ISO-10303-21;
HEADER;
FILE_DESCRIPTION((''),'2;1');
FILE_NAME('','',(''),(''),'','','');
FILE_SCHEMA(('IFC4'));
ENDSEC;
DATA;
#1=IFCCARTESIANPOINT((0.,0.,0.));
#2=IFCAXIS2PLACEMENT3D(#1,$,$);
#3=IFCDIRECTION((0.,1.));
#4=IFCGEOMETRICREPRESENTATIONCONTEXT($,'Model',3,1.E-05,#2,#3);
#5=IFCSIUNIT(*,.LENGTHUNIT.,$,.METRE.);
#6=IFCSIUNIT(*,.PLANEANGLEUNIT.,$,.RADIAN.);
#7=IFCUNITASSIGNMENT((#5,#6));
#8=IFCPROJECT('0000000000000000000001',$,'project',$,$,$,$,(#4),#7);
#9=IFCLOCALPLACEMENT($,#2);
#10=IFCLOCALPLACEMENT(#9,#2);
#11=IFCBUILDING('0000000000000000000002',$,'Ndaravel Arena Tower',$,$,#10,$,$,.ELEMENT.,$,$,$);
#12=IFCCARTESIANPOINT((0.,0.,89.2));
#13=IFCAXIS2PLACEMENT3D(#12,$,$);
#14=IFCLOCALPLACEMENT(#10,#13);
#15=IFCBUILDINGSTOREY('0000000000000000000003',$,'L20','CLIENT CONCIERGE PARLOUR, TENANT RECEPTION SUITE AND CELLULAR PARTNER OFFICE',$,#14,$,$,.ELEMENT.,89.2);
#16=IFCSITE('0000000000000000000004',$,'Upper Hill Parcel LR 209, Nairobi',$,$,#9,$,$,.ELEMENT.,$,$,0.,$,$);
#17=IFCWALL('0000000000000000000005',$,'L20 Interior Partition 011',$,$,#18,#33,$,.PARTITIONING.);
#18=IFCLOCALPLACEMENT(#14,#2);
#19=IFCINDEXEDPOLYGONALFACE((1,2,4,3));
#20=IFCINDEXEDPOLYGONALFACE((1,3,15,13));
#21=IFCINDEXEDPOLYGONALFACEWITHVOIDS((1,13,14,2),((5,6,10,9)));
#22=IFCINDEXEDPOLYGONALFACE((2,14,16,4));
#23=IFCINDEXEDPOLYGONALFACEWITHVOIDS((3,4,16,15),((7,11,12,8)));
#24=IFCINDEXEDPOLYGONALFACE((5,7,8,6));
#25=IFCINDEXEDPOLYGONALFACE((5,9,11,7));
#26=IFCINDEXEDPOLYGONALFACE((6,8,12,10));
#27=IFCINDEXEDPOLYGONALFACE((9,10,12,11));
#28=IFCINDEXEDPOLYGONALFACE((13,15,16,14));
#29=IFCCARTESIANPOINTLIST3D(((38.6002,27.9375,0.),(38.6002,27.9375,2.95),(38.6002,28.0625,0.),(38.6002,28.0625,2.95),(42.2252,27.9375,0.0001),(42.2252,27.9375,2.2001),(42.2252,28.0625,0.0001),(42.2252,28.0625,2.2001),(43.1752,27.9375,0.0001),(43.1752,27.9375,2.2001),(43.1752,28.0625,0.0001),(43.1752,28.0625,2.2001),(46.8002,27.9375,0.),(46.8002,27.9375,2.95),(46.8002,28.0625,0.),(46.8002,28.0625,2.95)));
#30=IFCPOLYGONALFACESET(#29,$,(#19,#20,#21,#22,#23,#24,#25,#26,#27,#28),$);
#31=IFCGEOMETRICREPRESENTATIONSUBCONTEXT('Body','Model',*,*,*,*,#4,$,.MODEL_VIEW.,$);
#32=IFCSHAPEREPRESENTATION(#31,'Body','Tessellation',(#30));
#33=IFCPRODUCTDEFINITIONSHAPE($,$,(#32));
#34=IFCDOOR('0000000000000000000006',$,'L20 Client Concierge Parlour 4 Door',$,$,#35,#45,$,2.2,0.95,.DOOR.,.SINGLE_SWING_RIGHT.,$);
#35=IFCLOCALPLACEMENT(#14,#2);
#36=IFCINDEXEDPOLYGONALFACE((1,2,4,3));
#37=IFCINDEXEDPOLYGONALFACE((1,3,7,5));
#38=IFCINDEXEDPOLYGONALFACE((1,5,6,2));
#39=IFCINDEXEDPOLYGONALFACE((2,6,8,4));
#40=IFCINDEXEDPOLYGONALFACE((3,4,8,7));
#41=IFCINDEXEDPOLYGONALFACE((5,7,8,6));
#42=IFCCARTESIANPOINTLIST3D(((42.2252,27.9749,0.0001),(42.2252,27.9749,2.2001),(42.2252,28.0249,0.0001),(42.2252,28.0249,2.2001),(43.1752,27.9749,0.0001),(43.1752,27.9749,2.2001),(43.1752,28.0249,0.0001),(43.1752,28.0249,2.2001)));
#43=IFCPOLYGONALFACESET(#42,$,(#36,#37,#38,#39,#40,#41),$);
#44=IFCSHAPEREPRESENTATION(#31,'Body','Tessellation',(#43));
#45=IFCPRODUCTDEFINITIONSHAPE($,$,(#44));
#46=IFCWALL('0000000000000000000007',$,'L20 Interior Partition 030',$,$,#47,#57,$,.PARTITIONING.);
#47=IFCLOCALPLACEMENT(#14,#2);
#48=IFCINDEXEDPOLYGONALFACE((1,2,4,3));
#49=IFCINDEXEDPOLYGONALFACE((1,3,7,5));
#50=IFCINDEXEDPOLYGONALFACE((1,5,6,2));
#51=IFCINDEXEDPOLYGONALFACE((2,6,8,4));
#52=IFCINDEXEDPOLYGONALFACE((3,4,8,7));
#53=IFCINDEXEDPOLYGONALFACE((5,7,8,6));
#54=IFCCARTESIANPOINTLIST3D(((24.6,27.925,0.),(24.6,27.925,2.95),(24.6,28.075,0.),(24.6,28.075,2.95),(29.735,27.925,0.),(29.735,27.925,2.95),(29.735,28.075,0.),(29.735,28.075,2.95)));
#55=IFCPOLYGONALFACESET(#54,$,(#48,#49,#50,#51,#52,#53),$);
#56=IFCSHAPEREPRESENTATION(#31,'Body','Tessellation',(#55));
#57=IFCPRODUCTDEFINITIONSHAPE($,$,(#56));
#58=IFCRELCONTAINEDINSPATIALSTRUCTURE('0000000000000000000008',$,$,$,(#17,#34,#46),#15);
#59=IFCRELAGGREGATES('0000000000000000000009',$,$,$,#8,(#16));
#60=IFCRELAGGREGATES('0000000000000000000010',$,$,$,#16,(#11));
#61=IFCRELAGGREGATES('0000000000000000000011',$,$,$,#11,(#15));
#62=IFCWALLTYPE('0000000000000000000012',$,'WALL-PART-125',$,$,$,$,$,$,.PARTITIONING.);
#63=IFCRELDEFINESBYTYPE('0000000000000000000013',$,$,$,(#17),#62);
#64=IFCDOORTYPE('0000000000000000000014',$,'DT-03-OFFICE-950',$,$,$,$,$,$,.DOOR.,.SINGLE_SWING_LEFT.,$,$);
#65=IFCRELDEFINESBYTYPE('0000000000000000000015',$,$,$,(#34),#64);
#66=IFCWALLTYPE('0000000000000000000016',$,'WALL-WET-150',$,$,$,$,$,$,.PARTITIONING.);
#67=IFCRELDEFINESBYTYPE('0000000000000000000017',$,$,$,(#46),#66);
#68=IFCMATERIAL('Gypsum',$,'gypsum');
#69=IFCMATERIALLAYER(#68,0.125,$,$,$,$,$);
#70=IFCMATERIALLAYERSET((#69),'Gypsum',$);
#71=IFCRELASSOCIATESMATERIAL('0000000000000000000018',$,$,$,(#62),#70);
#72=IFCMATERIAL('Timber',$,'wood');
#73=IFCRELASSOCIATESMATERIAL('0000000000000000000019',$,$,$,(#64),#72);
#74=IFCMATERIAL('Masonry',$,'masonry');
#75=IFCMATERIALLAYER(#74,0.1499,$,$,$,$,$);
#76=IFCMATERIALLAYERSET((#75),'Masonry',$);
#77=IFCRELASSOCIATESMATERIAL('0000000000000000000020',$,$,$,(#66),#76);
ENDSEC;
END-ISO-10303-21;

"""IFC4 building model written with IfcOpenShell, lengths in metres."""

from ifc_helpers import new_model, si_unit, direction, frame, frame_2d, origin, place, context, subcontext, project, spatial, rectangle, extrude, material, layer, layer_set, type_object, element, fill, save


model = new_model("IFC4")

# Units and contexts
model_context = context("Model", 3, precision=1e-05, world=origin(), true_north=direction((0.0, 1.0)))
body_context = subcontext(model_context, "Body", "Model", "MODEL_VIEW")
ifc_project = project(units=[si_unit("LENGTHUNIT", "METRE"), si_unit("PLANEANGLEUNIT", "RADIAN")], contexts=[model_context])

# Site, building, storey
site_placement = place(None, origin())
site = spatial("IfcSite", under=ifc_project, at=site_placement, Name="Upper Hill Parcel LR 209, Nairobi", CompositionType="ELEMENT", RefElevation=0.0)
building_placement = place(site_placement, origin())
building = spatial("IfcBuilding", under=site, at=building_placement, Name="Ndaravel Arena Tower", CompositionType="ELEMENT")
storey_placement = place(building_placement, frame((0.0, 0.0, 89.2)))
storey = spatial("IfcBuildingStorey", under=building, at=storey_placement, Name="L20", Description="CLIENT CONCIERGE PARLOUR, TENANT RECEPTION SUITE AND CELLULAR PARTNER OFFICE", CompositionType="ELEMENT", Elevation=89.2)

# Shared definitions
ifc_material_1 = material(Name="Gypsum", Category="gypsum")
ifc_layer_1 = layer(ifc_material_1, 0.125)
ifc_layer_set_1 = layer_set([ifc_layer_1], Name="Gypsum")
wall_type_1 = type_object("IfcWallType", Name="WALL-PART-125", PredefinedType="PARTITIONING", material=ifc_layer_set_1)

# Wall, opening, door
ifc_material_2 = material(Name="Timber", Category="wood")
door_type = type_object("IfcDoorType", Name="DT-03-OFFICE-950", OperationType="SINGLE_SWING_LEFT", PredefinedType="DOOR", material=ifc_material_2)
wall_1_placement = place(storey_placement, frame((38.6001, 28.0, 0.0), z_axis=(0.0, 0.0, 1.0), x_axis=(1.0, 0.0, 0.0)))
wall_1 = element("IfcWall", 1, at=wall_1_placement, inside=storey, type_object=wall_type_1, Name="L20 Interior Partition 011", PredefinedType="PARTITIONING", context=body_context, shape_type="SweptSolid", body=[
    extrude(rectangle(XDim=8.2, YDim=0.125, at=frame_2d((4.1001, 0.0))), origin(), (0.0, 0.0, 1.0), 2.95),
])
opening_1_placement = place(wall_1_placement, frame((3.625, 0.0, 0.0)))
opening_1 = element("IfcOpeningElement", 2, at=opening_1_placement, cuts=wall_1, PredefinedType="OPENING", context=body_context, shape_type="SweptSolid", body=[
    extrude(rectangle(XDim=0.95, YDim=2.2, at=frame_2d((0.4751, 1.1001))), frame((0.0, 0.0625, 0.0), z_axis=(0.0, -1.0, 0.0), x_axis=(1.0, 0.0, 0.0)), (0.0, 0.0, 1.0), 0.125),
])
door_1_placement = place(opening_1_placement, origin())
door_1 = element("IfcDoor", 3, at=door_1_placement, inside=storey, type_object=door_type, Name="L20 Client Concierge Parlour 4 Door", OperationType="SINGLE_SWING_RIGHT", OverallHeight=2.2, OverallWidth=0.95, PredefinedType="DOOR", context=body_context, shape_type="SweptSolid", body=[
    extrude(rectangle(XDim=0.95, YDim=2.2, at=frame_2d((0.4751, 1.1001))), frame((0.0, 0.0249, 0.0), z_axis=(0.0, -1.0, 0.0), x_axis=(1.0, 0.0, 0.0)), (0.0, 0.0, 1.0), 0.05),
])
fill(opening_1, door_1)

# Wall
ifc_material_3 = material(Name="Masonry", Category="masonry")
ifc_layer_2 = layer(ifc_material_3, 0.1499)
ifc_layer_set_2 = layer_set([ifc_layer_2], Name="Masonry")
wall_type_2 = type_object("IfcWallType", Name="WALL-WET-150", PredefinedType="PARTITIONING", material=ifc_layer_set_2)
wall_2_placement = place(storey_placement, frame((24.6001, 28.0, 0.0), z_axis=(0.0, 0.0, 1.0), x_axis=(1.0, 0.0, 0.0)))
element("IfcWall", 4, at=wall_2_placement, inside=storey, type_object=wall_type_2, Name="L20 Interior Partition 030", PredefinedType="PARTITIONING", context=body_context, shape_type="SweptSolid", body=[
    extrude(rectangle(XDim=5.135, YDim=0.1499, at=frame_2d((2.5674, 0.0))), origin(), (0.0, 0.0, 1.0), 2.95),
])

save(model, "model.ifc")
